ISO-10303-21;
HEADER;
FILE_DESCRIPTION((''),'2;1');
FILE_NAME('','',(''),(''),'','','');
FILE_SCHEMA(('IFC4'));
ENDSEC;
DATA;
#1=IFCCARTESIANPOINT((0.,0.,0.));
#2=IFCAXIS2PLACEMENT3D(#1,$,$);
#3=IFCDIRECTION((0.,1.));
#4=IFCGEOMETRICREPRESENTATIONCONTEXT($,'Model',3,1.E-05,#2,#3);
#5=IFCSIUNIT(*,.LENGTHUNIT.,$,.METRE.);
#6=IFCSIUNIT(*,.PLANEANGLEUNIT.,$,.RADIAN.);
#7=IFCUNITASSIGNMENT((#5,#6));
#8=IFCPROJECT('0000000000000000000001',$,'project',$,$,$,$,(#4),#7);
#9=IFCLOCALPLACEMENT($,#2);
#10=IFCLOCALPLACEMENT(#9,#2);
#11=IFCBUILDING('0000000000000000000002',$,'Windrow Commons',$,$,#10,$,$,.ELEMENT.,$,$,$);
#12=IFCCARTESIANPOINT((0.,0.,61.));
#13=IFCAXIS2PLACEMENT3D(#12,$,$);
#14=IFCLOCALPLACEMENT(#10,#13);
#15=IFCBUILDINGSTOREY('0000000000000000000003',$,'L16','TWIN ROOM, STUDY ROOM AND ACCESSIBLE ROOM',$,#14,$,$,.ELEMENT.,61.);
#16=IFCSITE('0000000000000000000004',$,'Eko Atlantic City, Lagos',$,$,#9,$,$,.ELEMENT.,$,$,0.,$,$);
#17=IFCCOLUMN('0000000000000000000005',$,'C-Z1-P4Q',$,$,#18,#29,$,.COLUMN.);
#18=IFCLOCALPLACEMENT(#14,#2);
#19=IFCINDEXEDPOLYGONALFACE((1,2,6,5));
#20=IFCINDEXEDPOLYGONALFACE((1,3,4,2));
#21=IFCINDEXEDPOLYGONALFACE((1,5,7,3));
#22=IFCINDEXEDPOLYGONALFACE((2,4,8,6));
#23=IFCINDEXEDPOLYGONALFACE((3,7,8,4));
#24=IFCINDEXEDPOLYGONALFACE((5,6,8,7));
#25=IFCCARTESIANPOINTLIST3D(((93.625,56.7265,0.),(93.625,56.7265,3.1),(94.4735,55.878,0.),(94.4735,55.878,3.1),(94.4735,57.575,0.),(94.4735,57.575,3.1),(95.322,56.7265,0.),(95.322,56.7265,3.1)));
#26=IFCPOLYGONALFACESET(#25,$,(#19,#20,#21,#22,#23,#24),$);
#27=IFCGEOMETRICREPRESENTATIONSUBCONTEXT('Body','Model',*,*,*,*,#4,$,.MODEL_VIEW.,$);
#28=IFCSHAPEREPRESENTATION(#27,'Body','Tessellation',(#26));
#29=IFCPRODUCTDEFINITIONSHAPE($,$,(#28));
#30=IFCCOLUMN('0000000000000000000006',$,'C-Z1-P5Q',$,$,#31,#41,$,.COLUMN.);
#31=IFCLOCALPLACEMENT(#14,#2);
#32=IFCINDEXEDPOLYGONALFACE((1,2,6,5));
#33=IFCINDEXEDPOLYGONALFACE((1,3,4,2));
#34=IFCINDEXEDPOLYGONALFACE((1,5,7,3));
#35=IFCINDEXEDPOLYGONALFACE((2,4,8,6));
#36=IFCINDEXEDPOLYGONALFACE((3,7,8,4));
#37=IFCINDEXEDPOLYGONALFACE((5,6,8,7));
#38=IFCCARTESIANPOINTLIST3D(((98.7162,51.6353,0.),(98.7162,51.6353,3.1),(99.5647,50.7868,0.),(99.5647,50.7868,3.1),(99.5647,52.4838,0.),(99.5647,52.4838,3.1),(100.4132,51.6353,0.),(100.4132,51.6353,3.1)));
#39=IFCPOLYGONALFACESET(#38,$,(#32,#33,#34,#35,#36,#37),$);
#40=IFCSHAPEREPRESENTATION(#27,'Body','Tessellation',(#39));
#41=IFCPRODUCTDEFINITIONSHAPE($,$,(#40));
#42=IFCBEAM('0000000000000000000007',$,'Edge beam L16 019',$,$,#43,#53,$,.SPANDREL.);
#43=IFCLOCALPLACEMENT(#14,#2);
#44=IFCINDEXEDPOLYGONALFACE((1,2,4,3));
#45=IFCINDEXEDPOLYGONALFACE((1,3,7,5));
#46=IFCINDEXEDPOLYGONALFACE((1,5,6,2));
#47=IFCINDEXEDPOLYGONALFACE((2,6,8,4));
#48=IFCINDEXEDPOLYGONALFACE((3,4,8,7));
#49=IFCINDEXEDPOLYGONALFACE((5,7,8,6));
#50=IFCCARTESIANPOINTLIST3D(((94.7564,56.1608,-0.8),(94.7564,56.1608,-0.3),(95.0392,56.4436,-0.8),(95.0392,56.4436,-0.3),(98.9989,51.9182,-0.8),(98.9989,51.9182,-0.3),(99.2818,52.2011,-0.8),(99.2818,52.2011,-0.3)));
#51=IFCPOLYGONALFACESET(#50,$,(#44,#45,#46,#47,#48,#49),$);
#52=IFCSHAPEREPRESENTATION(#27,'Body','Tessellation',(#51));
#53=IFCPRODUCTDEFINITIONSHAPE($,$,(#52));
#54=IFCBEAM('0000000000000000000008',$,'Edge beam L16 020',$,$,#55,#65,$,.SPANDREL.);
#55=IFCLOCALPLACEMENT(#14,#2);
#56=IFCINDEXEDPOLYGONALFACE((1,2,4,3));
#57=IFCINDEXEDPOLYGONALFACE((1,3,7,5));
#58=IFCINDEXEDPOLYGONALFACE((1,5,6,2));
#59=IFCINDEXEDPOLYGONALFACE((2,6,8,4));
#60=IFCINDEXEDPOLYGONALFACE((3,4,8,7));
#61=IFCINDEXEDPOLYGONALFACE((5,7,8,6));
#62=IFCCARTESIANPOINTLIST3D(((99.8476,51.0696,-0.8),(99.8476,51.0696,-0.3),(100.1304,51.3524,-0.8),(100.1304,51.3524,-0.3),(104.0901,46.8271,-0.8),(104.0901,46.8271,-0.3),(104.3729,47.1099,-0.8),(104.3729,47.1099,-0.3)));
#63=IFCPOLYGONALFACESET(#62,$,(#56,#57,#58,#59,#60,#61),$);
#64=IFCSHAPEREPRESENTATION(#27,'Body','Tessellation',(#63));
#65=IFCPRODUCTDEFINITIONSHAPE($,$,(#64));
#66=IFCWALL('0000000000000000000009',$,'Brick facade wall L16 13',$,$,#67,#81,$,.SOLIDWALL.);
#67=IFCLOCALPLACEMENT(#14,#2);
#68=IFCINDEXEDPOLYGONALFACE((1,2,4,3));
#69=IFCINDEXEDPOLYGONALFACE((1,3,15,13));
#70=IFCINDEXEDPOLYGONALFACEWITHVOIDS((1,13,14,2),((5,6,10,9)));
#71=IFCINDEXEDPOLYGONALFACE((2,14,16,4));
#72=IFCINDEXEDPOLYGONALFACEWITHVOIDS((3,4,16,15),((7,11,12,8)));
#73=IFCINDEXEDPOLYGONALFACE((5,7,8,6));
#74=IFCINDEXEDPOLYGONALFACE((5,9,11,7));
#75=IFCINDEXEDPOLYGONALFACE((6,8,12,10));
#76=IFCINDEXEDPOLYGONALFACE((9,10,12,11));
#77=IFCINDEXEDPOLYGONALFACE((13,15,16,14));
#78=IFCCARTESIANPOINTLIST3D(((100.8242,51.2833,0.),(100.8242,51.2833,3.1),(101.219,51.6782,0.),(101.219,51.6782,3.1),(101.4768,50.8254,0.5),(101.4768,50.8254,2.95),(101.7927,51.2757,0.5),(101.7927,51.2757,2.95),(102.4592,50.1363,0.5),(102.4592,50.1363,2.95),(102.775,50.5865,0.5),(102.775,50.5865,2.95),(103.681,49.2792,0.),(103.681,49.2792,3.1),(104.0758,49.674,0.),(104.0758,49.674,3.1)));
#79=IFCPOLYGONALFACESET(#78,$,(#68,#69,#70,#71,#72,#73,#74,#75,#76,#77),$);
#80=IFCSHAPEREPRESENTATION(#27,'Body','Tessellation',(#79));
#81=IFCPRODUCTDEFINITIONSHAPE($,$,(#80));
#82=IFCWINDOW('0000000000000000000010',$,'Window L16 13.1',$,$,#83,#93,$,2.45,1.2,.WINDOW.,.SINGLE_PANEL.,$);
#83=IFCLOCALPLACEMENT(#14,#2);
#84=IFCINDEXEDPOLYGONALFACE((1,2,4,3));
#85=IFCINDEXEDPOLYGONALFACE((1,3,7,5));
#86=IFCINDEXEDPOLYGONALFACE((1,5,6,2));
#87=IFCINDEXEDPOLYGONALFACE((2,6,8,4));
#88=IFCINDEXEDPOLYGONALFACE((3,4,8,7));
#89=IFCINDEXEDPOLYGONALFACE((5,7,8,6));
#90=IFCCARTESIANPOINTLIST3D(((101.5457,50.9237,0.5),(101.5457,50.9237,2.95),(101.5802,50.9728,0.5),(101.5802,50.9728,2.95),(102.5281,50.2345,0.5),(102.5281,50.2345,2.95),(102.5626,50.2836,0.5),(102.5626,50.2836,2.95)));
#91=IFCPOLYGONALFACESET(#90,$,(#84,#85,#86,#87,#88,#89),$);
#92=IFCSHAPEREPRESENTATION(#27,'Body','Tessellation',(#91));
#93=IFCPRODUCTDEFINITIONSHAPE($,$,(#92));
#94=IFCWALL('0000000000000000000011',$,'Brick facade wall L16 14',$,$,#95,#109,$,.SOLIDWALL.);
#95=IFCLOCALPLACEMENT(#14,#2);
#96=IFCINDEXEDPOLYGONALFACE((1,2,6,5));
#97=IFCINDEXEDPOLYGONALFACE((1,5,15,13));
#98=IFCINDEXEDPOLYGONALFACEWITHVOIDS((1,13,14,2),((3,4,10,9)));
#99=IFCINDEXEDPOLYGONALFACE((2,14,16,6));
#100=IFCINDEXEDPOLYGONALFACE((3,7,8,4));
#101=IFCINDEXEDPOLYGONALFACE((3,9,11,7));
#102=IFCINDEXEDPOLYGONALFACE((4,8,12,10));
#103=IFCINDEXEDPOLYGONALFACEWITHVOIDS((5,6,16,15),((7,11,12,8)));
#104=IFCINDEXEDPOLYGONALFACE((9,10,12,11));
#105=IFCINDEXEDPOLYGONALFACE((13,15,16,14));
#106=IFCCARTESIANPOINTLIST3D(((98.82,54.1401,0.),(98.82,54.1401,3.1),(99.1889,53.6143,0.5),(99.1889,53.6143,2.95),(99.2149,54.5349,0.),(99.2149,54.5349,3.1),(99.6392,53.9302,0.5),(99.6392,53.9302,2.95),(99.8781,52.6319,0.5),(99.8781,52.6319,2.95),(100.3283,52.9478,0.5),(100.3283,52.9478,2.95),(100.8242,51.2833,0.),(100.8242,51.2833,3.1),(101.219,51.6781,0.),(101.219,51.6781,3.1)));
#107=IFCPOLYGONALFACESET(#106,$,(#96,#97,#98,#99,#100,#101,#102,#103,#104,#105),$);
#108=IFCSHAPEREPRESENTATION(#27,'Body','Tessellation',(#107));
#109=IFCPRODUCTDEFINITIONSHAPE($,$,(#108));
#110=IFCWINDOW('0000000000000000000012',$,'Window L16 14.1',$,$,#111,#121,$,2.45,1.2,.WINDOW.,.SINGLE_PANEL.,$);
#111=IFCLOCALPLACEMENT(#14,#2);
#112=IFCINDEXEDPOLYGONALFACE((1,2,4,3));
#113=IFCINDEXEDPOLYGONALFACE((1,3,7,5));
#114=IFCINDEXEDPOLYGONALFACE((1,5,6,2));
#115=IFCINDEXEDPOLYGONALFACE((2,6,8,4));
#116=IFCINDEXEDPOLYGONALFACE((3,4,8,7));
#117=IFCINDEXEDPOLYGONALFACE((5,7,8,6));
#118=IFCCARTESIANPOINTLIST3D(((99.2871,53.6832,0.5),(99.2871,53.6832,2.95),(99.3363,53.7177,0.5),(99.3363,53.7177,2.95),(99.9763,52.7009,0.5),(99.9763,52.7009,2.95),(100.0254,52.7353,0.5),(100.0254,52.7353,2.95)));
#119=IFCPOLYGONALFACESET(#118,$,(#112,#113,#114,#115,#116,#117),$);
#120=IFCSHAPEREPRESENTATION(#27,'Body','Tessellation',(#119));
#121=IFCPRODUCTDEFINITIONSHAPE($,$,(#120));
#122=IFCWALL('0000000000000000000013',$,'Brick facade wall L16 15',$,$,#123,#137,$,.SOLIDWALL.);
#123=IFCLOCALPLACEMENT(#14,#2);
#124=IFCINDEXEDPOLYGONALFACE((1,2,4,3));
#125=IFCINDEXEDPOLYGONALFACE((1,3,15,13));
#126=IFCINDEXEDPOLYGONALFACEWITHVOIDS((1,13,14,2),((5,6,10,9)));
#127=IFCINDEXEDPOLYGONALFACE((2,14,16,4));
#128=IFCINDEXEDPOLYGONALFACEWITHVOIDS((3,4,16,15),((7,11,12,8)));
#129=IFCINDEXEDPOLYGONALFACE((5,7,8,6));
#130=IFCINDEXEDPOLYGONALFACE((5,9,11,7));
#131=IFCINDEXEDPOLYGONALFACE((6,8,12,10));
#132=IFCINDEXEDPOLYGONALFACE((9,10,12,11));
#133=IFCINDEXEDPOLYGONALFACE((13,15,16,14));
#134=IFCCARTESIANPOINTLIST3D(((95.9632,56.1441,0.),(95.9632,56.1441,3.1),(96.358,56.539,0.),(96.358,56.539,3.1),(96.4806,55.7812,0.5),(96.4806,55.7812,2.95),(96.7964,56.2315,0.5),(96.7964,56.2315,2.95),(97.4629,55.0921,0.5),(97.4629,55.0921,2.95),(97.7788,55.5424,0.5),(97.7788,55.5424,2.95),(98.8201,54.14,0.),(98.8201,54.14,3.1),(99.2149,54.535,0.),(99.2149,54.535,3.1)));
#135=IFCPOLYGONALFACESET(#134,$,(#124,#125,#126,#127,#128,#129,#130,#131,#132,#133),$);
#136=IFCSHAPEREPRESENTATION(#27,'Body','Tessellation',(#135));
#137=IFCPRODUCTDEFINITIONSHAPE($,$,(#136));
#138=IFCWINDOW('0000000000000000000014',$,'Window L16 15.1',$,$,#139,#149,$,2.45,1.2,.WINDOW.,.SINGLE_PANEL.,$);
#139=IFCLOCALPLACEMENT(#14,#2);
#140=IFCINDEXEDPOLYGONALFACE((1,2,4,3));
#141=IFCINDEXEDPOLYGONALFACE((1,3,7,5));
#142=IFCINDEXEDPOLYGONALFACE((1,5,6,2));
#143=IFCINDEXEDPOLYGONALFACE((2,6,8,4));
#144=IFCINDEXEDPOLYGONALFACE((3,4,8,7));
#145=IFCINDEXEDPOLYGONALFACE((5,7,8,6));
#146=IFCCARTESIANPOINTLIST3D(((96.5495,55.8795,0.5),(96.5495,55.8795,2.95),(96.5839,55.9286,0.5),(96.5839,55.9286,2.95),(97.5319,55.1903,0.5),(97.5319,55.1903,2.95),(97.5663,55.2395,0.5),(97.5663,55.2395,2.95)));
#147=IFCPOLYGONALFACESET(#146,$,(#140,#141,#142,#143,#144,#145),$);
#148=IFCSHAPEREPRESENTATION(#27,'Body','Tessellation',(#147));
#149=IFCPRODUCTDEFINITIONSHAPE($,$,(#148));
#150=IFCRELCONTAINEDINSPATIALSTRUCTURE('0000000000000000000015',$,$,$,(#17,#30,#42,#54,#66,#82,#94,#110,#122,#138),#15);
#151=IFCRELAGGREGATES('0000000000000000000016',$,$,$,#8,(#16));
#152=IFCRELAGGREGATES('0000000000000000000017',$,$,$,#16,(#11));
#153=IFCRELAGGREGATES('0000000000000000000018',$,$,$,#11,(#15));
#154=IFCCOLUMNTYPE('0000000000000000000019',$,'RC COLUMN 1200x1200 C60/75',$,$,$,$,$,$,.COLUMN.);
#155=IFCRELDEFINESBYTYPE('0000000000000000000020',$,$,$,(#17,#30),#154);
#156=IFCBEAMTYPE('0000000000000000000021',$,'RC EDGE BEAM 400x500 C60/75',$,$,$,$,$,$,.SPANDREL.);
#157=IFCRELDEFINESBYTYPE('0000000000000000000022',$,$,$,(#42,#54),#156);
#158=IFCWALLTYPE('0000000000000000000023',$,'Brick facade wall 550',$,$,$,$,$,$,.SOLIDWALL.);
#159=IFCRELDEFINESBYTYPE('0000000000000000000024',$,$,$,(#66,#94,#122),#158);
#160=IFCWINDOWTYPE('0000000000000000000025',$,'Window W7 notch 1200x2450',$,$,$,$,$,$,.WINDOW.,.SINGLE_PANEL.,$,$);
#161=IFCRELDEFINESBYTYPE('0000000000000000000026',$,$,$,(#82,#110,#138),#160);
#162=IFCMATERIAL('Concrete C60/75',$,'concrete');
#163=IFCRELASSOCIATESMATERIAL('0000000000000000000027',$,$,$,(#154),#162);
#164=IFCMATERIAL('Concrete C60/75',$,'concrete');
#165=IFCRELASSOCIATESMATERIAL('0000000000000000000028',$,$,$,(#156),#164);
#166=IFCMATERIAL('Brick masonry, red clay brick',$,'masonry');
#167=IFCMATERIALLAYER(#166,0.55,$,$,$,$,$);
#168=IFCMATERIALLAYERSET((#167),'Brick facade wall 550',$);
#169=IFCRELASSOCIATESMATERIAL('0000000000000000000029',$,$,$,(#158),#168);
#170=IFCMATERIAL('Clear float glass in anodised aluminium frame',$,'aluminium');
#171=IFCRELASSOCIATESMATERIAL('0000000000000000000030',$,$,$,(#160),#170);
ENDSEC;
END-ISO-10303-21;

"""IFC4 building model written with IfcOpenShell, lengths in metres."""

from ifc_helpers import new_model, si_unit, direction, frame, frame_2d, origin, origin_2d, place, context, subcontext, project, spatial, polyline, rectangle, outline, extrude, material, layer, layer_set, material_profile, profile_set, type_object, element, fill, save


model = new_model("IFC4")

# Units and contexts
model_context = context("Model", 3, precision=1e-05, world=origin(), true_north=direction((0.0, 1.0)))
body_context = subcontext(model_context, "Body", "Model", "MODEL_VIEW")
ifc_project = project(units=[si_unit("LENGTHUNIT", "METRE"), si_unit("PLANEANGLEUNIT", "RADIAN")], contexts=[model_context])

# Site, building, storey
site_placement = place(None, origin())
site = spatial("IfcSite", under=ifc_project, at=site_placement, Name="Eko Atlantic City, Lagos", CompositionType="ELEMENT", RefElevation=0.0)
building_placement = place(site_placement, origin())
building = spatial("IfcBuilding", under=site, at=building_placement, Name="Windrow Commons", CompositionType="ELEMENT")
storey_placement = place(building_placement, frame((0.0, 0.0, 61.0)))
storey = spatial("IfcBuildingStorey", under=building, at=storey_placement, Name="L16", Description="TWIN ROOM, STUDY ROOM AND ACCESSIBLE ROOM", CompositionType="ELEMENT", Elevation=61.0)

# Columns
ifc_material_1 = material(Name="Concrete C60/75", Category="concrete")
ifc_material_profile_1 = material_profile(ifc_material_1, rectangle(XDim=1.2, YDim=1.2, at=origin_2d()))
ifc_profile_set_1 = profile_set([ifc_material_profile_1], Name="Concrete C60/75")
column_type = type_object("IfcColumnType", Name="RC COLUMN 1200x1200 C60/75", PredefinedType="COLUMN", material=ifc_profile_set_1)
for number, where, z_axis, x_axis, name in (
    (1, (94.4735, 56.7265, 0.0), (0.0, 0.0, 1.0), (0.707107, -0.707107, 0.0), "C-Z1-P4Q"),
    (2, (99.5647, 51.6353, 0.0), (0.0, 0.0, 1.0), (0.707107, -0.707107, 0.0), "C-Z1-P5Q"),
):
    element("IfcColumn", number, at=place(storey_placement, frame(where, z_axis=z_axis, x_axis=x_axis)), inside=storey, type_object=column_type, Name=name, PredefinedType="COLUMN", context=body_context, shape_type="SweptSolid", body=[
        extrude(rectangle(XDim=1.2, YDim=1.2, at=origin_2d()), origin(), (0.0, 0.0, 1.0), 3.1),
    ])

# Beams
ifc_material_2 = material(Name="Concrete C60/75", Category="concrete")
ifc_material_profile_2 = material_profile(ifc_material_2, rectangle(XDim=0.4, YDim=0.5, at=origin_2d()))
ifc_profile_set_2 = profile_set([ifc_material_profile_2], Name="Concrete C60/75")
beam_type = type_object("IfcBeamType", Name="RC EDGE BEAM 400x500 C60/75", PredefinedType="SPANDREL", material=ifc_profile_set_2)
beam_1_placement = place(storey_placement, frame((94.8978, 56.3022, -0.55), z_axis=(0.707107, -0.707107, 0.0), x_axis=(0.707107, 0.707107, 0.0)))
element("IfcBeam", 3, at=beam_1_placement, inside=storey, type_object=beam_type, Name="Edge beam L16 019", PredefinedType="SPANDREL", context=body_context, shape_type="SweptSolid", body=[
    extrude(rectangle(XDim=0.4, YDim=0.5, at=origin_2d()), origin(), (0.0, 0.0, 1.0), 5.9999),
])
beam_2_placement = place(storey_placement, frame((99.989, 51.211, -0.55), z_axis=(0.707107, -0.707107, 0.0), x_axis=(0.707107, 0.707107, 0.0)))
element("IfcBeam", 4, at=beam_2_placement, inside=storey, type_object=beam_type, Name="Edge beam L16 020", PredefinedType="SPANDREL", context=body_context, shape_type="SweptSolid", body=[
    extrude(rectangle(XDim=0.4, YDim=0.5, at=origin_2d()), origin(), (0.0, 0.0, 1.0), 5.9998),
])

# Walls, openings, windows
ifc_material_3 = material(Name="Brick masonry, red clay brick", Category="masonry")
ifc_layer_1 = layer(ifc_material_3, 0.55)
ifc_layer_set_1 = layer_set([ifc_layer_1], Name="Brick facade wall 550")
wall_type_1 = type_object("IfcWallType", Name="Brick facade wall 550", PredefinedType="SOLIDWALL", material=ifc_layer_set_1)
wall_1_placement = place(storey_placement, frame((103.8784, 49.4766, 0.0), z_axis=(0.0, 0.0, 1.0), x_axis=(-0.818647, 0.574297, 0.0)))
wall_1 = element("IfcWall", 5, at=wall_1_placement, inside=storey, type_object=wall_type_1, Name="Brick facade wall L16 13", PredefinedType="SOLIDWALL", context=body_context, shape_type="SweptSolid", body=[
    extrude(outline(polyline([(-0.0482, -0.275), (3.4415, -0.275), (3.5379, 0.275), (0.0482, 0.275), (-0.0482, -0.275)])), origin(), (0.0, 0.0, 1.0), 3.1),
])
opening_1_placement = place(wall_1_placement, frame((1.5407, 0.0, 0.5)))
opening_1 = element("IfcOpeningElement", 6, at=opening_1_placement, cuts=wall_1, PredefinedType="OPENING", context=body_context, shape_type="SweptSolid", body=[
    extrude(rectangle(XDim=1.2, YDim=2.45, at=frame_2d((0.6, 1.225))), frame((0.0, 0.285, 0.0), z_axis=(0.0, -1.0, 0.0), x_axis=(1.0, 0.0, 0.0)), (0.0, 0.0, 1.0), 0.57),
])
ifc_material_4 = material(Name="Clear float glass in anodised aluminium frame", Category="aluminium")
window_type = type_object("IfcWindowType", Name="Window W7 notch 1200x2450", PartitioningType="SINGLE_PANEL", PredefinedType="WINDOW", material=ifc_material_4)
window_1_placement = place(opening_1_placement, origin())
window_1 = element("IfcWindow", 7, at=window_1_placement, inside=storey, type_object=window_type, Name="Window L16 13.1", OverallHeight=2.45, OverallWidth=1.2, PartitioningType="SINGLE_PANEL", PredefinedType="WINDOW", context=body_context, shape_type="SweptSolid", body=[
    extrude(rectangle(XDim=1.2, YDim=2.45, at=frame_2d((0.6, 1.225))), frame((0.0, 0.155, 0.0), z_axis=(0.0, -1.0, 0.0), x_axis=(1.0, 0.0, 0.0)), (0.0, 0.0, 1.0), 0.06),
])
fill(opening_1, window_1)
wall_2_placement = place(storey_placement, frame((101.0216, 51.4807, 0.0), z_axis=(0.0, 0.0, 1.0), x_axis=(-0.574297, 0.818647, 0.0)))
wall_2 = element("IfcWall", 8, at=wall_2_placement, inside=storey, type_object=wall_type_1, Name="Brick facade wall L16 14", PredefinedType="SOLIDWALL", context=body_context, shape_type="SweptSolid", body=[
    extrude(outline(polyline([(0.0482, -0.275), (3.5379, -0.275), (3.4415, 0.275), (-0.0482, 0.275), (0.0482, -0.275)])), origin(), (0.0, 0.0, 1.0), 3.1),
])
opening_2_placement = place(wall_2_placement, frame((1.5992, 0.0, 0.5)))
opening_2 = element("IfcOpeningElement", 9, at=opening_2_placement, cuts=wall_2, PredefinedType="OPENING", context=body_context, shape_type="SweptSolid", body=[
    extrude(rectangle(XDim=1.2, YDim=2.45, at=frame_2d((0.6, 1.225))), frame((0.0, 0.285, 0.0), z_axis=(0.0, -1.0, 0.0), x_axis=(1.0, 0.0, 0.0)), (0.0, 0.0, 1.0), 0.57),
])
window_2_placement = place(opening_2_placement, origin())
window_2 = element("IfcWindow", 10, at=window_2_placement, inside=storey, type_object=window_type, Name="Window L16 14.1", OverallHeight=2.45, OverallWidth=1.2, PartitioningType="SINGLE_PANEL", PredefinedType="WINDOW", context=body_context, shape_type="SweptSolid", body=[
    extrude(rectangle(XDim=1.2, YDim=2.45, at=frame_2d((0.6, 1.225))), frame((0.0, 0.155, 0.0), z_axis=(0.0, -1.0, 0.0), x_axis=(1.0, 0.0, 0.0)), (0.0, 0.0, 1.0), 0.06),
])
fill(opening_2, window_2)
wall_3_placement = place(storey_placement, frame((99.0175, 54.3375, 0.0), z_axis=(0.0, 0.0, 1.0), x_axis=(-0.818657, 0.574283, 0.0)))
wall_3 = element("IfcWall", 11, at=wall_3_placement, inside=storey, type_object=wall_type_1, Name="Brick facade wall L16 15", PredefinedType="SOLIDWALL", context=body_context, shape_type="SweptSolid", body=[
    extrude(outline(polyline([(-0.0482, -0.275), (3.4415, -0.275), (3.5379, 0.275), (0.0482, 0.275), (-0.0482, -0.275)])), origin(), (0.0, 0.0, 1.0), 3.1),
])
opening_3_placement = place(wall_3_placement, frame((1.706, 0.0, 0.5)))
opening_3 = element("IfcOpeningElement", 12, at=opening_3_placement, cuts=wall_3, PredefinedType="OPENING", context=body_context, shape_type="SweptSolid", body=[
    extrude(rectangle(XDim=1.2, YDim=2.45, at=frame_2d((0.6, 1.225))), frame((0.0, 0.285, 0.0), z_axis=(0.0, -1.0, 0.0), x_axis=(1.0, 0.0, 0.0)), (0.0, 0.0, 1.0), 0.57),
])
window_3_placement = place(opening_3_placement, origin())
window_3 = element("IfcWindow", 13, at=window_3_placement, inside=storey, type_object=window_type, Name="Window L16 15.1", OverallHeight=2.45, OverallWidth=1.2, PartitioningType="SINGLE_PANEL", PredefinedType="WINDOW", context=body_context, shape_type="SweptSolid", body=[
    extrude(rectangle(XDim=1.2, YDim=2.45, at=frame_2d((0.6, 1.225))), frame((0.0, 0.155, 0.0), z_axis=(0.0, -1.0, 0.0), x_axis=(1.0, 0.0, 0.0)), (0.0, 0.0, 1.0), 0.06),
])
fill(opening_3, window_3)

save(model, "model.ifc")
